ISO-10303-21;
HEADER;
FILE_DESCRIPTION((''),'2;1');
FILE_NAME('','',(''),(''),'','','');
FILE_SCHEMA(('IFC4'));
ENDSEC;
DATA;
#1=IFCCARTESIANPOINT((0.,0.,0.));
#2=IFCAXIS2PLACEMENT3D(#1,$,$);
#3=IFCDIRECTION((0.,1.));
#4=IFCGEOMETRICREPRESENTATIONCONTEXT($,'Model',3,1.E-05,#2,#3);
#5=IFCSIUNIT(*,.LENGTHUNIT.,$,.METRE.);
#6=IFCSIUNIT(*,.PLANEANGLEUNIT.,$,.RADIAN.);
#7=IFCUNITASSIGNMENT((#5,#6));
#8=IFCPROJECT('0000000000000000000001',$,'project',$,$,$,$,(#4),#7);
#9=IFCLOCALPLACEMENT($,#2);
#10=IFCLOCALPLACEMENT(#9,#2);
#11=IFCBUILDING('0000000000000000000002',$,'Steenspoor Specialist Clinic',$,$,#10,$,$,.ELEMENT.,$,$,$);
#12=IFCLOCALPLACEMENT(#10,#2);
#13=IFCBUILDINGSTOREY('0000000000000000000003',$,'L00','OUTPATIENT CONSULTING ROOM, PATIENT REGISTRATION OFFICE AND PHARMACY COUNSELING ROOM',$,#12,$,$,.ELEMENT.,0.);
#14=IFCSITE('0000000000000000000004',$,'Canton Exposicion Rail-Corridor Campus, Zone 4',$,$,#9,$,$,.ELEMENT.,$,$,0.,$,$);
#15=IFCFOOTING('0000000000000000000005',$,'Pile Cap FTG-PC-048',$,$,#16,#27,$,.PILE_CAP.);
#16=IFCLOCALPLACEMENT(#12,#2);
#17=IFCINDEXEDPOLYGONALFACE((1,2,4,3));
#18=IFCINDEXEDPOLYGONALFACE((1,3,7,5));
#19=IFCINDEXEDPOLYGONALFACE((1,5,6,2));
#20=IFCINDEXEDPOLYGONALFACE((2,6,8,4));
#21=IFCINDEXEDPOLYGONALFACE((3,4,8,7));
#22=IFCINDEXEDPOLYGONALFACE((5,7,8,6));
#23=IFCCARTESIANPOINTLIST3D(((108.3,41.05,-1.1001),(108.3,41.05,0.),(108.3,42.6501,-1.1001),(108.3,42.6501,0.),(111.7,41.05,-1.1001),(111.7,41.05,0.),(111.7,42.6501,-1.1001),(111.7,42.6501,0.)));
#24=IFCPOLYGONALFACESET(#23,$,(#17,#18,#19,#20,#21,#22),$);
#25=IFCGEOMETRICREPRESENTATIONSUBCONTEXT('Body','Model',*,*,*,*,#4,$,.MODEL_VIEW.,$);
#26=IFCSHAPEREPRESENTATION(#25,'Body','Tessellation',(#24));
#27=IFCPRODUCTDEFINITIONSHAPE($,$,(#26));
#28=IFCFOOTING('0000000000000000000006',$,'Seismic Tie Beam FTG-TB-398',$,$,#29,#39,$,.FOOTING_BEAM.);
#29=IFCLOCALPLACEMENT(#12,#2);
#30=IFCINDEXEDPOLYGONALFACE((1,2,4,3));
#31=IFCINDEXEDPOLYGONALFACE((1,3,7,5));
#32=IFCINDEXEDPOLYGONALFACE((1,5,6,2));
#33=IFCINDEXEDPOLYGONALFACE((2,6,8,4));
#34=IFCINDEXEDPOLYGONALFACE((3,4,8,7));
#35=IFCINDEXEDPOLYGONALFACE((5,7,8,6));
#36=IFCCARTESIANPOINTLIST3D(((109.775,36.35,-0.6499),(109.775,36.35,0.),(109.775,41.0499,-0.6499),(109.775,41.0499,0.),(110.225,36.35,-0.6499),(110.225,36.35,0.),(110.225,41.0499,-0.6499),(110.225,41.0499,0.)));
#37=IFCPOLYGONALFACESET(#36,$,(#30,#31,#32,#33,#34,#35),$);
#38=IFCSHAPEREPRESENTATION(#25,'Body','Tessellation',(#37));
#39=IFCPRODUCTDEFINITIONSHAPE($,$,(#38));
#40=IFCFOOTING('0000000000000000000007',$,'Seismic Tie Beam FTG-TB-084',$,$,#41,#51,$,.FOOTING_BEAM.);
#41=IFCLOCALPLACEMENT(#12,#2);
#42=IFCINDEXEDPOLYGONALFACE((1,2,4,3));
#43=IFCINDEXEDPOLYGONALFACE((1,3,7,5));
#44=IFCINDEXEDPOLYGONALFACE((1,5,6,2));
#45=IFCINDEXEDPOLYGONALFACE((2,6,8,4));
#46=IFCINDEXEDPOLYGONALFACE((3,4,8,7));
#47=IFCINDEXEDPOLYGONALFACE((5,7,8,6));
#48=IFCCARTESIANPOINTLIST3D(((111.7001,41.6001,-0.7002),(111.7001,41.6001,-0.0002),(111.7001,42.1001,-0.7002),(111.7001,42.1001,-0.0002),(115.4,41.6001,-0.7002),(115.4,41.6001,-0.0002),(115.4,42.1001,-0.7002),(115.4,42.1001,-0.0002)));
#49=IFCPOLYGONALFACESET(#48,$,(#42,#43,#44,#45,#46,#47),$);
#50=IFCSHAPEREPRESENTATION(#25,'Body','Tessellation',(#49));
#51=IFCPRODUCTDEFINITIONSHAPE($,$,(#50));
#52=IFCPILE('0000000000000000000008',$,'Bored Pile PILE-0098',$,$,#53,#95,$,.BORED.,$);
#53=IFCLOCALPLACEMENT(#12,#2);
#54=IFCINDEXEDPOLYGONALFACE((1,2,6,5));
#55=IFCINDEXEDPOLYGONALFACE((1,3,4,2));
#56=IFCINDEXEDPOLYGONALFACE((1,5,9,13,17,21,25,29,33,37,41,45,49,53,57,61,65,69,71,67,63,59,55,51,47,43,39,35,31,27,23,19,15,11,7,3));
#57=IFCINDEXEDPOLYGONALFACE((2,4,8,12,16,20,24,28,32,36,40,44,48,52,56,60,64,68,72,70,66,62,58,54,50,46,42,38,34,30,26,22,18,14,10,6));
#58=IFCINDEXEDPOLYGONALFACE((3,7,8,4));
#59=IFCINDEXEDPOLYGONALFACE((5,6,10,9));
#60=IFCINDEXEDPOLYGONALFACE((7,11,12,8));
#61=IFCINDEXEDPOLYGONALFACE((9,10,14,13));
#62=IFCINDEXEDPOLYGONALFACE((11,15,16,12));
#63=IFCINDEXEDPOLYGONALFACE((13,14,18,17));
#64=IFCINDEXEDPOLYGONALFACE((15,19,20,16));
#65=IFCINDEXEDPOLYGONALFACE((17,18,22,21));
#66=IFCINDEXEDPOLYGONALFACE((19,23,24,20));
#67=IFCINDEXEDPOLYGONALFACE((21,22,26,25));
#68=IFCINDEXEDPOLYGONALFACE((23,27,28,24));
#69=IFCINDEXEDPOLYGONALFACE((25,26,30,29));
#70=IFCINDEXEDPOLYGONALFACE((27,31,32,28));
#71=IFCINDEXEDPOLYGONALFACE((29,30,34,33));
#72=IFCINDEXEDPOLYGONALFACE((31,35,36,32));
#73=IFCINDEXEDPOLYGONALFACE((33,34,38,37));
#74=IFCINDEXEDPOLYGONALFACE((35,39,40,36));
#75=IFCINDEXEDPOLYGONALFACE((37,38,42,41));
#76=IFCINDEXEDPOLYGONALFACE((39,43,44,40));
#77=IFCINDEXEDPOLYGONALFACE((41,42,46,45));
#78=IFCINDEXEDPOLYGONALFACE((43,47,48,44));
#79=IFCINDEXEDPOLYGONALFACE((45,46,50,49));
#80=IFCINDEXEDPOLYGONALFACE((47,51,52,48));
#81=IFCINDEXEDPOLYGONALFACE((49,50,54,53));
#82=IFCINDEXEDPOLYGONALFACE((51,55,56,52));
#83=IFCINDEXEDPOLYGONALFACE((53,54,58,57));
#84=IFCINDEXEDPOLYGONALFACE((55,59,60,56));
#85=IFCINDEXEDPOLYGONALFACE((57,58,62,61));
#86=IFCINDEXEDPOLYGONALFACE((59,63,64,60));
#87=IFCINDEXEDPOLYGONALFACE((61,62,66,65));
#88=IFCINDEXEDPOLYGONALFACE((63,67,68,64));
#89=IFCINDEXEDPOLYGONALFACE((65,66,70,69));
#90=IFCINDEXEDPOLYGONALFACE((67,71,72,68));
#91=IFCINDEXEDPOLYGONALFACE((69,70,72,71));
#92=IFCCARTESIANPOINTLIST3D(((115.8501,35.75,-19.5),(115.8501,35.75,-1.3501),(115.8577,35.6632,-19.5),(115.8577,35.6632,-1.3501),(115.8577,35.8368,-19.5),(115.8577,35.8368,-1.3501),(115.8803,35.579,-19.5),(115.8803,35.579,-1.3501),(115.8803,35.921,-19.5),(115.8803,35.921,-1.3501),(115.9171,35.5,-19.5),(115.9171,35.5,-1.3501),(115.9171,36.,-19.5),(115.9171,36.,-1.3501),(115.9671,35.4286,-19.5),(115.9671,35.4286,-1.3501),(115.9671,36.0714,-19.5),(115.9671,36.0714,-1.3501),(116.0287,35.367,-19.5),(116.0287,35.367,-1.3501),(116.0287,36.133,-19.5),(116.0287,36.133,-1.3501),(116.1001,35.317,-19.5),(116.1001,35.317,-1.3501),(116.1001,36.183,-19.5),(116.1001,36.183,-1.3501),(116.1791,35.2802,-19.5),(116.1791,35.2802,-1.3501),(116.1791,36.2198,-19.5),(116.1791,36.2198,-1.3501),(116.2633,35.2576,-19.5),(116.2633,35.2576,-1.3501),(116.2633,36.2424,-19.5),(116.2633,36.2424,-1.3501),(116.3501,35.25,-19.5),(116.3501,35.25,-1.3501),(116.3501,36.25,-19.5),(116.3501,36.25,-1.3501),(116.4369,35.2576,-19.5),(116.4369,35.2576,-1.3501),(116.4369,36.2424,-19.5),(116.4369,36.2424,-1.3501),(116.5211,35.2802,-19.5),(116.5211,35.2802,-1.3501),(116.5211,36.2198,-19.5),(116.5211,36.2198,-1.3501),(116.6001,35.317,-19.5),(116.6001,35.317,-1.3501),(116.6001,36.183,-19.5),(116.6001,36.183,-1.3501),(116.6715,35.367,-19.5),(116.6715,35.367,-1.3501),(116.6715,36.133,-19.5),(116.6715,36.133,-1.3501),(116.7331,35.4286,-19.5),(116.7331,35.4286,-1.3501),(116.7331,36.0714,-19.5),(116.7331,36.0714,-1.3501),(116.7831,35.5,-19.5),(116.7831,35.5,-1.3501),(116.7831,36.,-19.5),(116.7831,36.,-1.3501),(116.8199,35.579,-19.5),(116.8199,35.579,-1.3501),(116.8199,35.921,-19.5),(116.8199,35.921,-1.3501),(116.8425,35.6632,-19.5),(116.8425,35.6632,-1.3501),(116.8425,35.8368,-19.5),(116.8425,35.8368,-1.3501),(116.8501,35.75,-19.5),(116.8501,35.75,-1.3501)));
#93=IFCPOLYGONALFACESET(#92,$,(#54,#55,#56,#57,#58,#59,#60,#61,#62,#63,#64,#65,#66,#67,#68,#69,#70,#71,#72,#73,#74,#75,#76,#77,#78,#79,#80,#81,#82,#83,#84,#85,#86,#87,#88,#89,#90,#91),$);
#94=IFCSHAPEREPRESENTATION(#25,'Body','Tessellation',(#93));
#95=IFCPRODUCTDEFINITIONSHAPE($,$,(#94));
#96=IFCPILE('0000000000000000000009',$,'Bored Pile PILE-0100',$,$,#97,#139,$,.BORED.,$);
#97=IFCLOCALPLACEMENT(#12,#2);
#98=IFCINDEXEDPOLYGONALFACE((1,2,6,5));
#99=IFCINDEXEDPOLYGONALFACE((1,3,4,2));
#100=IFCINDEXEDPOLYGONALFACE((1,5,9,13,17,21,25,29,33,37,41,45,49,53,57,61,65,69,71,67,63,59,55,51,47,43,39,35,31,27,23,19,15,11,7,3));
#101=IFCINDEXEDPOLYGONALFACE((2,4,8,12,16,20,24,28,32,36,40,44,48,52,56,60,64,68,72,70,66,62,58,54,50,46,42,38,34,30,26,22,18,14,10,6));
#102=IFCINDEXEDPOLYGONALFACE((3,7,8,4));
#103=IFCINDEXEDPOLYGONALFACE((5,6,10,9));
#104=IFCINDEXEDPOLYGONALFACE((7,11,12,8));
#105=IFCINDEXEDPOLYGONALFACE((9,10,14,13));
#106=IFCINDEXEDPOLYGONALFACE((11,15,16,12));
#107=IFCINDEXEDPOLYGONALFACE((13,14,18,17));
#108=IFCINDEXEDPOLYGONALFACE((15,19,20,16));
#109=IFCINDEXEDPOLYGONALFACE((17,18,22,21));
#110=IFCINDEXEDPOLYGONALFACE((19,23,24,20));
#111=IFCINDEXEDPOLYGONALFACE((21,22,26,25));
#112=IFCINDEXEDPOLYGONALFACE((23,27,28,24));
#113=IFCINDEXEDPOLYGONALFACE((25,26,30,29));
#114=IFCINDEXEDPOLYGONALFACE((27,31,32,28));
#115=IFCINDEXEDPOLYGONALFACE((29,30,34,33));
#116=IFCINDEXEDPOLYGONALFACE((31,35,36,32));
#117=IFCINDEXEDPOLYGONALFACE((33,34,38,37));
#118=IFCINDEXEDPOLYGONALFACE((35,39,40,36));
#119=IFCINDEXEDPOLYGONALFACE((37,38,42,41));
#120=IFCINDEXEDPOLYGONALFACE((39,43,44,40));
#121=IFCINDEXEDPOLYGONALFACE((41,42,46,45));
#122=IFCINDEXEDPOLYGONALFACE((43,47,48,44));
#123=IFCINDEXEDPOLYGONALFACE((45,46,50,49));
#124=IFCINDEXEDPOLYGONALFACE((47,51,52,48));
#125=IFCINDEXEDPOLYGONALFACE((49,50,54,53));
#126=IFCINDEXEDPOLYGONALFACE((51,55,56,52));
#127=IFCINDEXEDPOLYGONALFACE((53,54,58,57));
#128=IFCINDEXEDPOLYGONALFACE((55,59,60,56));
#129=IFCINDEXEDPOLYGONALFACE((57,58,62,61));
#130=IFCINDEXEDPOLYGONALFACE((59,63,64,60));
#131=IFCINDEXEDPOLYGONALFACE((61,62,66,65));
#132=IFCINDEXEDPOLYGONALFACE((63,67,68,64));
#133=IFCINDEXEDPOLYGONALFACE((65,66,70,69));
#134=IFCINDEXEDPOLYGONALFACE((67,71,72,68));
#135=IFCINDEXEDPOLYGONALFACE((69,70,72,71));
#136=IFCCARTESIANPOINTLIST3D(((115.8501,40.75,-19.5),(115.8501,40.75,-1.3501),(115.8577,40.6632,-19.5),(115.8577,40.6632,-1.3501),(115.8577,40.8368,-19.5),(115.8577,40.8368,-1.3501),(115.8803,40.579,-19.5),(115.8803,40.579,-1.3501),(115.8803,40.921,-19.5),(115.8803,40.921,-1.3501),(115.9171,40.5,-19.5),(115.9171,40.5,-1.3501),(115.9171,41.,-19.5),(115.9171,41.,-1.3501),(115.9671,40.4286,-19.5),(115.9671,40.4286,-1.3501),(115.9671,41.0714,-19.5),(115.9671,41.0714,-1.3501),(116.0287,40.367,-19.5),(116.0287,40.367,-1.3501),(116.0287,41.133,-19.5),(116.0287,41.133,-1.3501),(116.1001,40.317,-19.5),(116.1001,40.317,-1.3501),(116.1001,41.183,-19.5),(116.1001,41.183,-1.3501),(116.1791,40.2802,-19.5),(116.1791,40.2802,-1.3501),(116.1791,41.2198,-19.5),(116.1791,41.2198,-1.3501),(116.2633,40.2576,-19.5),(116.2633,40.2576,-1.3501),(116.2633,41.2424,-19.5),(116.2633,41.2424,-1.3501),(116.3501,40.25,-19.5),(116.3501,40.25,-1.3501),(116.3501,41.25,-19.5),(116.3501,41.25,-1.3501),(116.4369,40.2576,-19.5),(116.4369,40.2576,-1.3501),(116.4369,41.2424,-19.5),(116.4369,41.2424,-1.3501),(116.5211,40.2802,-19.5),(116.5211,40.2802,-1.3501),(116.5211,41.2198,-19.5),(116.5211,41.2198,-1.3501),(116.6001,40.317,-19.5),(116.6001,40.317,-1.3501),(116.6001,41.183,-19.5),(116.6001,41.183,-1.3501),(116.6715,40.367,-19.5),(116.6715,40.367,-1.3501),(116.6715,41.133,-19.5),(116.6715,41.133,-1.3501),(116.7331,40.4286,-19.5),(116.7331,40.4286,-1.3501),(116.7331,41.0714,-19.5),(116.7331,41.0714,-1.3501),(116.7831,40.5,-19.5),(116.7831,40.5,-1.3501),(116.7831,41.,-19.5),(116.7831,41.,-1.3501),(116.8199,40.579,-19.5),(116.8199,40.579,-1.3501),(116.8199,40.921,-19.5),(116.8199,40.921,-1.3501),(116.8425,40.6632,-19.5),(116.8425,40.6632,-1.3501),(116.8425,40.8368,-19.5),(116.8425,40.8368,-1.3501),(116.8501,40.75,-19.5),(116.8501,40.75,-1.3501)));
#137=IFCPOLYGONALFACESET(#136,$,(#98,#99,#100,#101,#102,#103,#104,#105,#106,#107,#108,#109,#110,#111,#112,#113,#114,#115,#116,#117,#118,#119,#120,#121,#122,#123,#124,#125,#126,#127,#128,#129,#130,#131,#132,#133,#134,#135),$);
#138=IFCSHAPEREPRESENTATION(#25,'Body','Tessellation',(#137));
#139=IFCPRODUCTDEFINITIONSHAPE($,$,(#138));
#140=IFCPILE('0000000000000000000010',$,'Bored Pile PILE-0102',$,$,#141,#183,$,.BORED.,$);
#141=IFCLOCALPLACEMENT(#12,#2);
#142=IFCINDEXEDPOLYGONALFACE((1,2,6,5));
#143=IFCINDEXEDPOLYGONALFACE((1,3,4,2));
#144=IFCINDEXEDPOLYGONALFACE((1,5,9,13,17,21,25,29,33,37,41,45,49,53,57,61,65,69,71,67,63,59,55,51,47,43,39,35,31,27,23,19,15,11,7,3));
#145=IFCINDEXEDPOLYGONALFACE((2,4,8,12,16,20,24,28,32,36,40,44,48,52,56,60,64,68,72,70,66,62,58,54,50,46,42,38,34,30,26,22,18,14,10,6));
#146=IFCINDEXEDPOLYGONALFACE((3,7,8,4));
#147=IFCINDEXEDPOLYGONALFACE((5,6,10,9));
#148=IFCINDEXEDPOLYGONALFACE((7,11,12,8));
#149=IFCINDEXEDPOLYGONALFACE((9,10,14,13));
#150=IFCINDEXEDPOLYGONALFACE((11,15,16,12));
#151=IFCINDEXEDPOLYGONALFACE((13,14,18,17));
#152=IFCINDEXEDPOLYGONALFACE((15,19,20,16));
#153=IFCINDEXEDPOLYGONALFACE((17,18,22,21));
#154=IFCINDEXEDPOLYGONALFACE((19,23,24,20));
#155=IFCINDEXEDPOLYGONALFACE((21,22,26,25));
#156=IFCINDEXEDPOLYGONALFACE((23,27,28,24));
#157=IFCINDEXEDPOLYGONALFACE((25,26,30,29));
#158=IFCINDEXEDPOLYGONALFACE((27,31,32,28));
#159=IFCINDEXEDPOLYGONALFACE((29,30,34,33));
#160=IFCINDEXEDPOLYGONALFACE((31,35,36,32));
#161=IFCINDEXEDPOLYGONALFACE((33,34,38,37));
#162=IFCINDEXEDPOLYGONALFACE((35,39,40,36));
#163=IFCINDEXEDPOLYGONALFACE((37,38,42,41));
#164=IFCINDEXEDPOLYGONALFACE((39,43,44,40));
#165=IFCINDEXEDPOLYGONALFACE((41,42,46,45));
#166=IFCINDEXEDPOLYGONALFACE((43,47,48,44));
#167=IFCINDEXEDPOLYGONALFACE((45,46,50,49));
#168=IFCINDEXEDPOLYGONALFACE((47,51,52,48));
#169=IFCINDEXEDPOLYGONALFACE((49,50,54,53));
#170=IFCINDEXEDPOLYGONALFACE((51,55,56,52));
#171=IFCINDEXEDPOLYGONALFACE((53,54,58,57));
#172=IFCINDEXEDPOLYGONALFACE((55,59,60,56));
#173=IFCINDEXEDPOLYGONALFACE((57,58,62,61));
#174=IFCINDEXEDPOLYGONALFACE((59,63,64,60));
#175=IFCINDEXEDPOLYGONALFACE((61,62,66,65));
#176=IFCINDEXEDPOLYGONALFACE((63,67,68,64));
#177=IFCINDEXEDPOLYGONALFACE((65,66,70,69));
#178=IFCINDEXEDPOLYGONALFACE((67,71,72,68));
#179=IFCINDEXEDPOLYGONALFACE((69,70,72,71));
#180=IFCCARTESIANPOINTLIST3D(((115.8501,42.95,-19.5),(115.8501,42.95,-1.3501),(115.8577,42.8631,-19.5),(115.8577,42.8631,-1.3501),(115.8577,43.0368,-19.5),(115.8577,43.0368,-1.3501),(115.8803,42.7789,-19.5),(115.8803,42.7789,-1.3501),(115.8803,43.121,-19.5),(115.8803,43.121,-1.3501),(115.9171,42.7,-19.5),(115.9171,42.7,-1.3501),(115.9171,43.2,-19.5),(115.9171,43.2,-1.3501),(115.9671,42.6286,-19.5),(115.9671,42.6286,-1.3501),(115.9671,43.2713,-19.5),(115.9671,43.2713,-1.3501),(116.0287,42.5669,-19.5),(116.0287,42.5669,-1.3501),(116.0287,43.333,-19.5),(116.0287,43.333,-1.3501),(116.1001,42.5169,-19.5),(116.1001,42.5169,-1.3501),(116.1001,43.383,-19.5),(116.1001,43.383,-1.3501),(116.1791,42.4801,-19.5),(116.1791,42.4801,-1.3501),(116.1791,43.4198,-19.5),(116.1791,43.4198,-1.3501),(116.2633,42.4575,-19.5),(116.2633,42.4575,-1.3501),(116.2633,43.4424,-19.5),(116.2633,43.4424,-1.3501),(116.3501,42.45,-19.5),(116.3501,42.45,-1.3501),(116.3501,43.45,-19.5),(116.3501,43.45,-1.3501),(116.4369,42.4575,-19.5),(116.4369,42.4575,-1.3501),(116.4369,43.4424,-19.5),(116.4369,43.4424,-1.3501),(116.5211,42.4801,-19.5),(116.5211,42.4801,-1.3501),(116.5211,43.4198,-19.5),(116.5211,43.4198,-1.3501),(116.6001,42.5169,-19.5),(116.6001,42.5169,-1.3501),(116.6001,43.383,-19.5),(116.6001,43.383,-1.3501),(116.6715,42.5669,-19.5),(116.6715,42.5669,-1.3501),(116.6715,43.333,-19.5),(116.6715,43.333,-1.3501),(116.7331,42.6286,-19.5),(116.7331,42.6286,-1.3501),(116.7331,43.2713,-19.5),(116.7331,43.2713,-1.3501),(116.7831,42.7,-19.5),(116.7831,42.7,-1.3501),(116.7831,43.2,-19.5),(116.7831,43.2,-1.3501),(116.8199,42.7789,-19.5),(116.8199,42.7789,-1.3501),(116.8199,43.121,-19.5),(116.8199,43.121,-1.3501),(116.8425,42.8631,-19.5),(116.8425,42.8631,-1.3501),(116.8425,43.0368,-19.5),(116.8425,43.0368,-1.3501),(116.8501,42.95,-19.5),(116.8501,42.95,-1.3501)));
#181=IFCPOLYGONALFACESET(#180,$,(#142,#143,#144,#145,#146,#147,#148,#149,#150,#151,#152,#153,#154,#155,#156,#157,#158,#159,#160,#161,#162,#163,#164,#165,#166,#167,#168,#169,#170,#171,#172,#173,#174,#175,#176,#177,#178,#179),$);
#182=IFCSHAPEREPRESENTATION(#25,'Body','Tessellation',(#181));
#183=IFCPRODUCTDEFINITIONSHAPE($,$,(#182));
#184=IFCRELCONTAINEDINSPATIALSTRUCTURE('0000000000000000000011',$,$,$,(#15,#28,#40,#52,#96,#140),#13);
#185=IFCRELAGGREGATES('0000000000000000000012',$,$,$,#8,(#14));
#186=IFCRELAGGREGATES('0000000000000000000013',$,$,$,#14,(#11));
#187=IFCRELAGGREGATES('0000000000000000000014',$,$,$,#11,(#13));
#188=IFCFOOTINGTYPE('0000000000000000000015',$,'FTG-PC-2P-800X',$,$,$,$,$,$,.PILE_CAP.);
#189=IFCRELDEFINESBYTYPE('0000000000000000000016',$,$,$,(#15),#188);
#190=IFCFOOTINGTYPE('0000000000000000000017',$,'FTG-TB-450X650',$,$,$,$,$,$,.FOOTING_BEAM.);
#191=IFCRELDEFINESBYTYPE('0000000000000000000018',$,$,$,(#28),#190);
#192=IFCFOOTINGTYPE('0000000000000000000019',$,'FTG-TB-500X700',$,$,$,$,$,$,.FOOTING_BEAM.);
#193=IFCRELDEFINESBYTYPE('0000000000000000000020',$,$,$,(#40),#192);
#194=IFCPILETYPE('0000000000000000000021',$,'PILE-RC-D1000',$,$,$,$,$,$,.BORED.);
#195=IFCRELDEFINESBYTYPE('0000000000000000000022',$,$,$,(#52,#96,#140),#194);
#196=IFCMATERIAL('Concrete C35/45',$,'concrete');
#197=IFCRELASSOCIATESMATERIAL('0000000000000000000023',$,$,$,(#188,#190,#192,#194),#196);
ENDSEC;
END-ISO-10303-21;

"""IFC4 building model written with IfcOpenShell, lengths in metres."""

from ifc_helpers import new_model, si_unit, direction, frame, origin, origin_2d, place, context, subcontext, project, spatial, rectangle, circle, extrude, material, material_profile, profile_set, type_object, element, save


model = new_model("IFC4")

# Units and contexts
model_context = context("Model", 3, precision=1e-05, world=origin(), true_north=direction((0.0, 1.0)))
body_context = subcontext(model_context, "Body", "Model", "MODEL_VIEW")
ifc_project = project(units=[si_unit("LENGTHUNIT", "METRE"), si_unit("PLANEANGLEUNIT", "RADIAN")], contexts=[model_context])

# Site, building, storey
site_placement = place(None, origin())
site = spatial("IfcSite", under=ifc_project, at=site_placement, Name="Canton Exposicion Rail-Corridor Campus, Zone 4", CompositionType="ELEMENT", RefElevation=0.0)
building_placement = place(site_placement, origin())
building = spatial("IfcBuilding", under=site, at=building_placement, Name="Steenspoor Specialist Clinic", CompositionType="ELEMENT")
storey_placement = place(building_placement, origin())
storey = spatial("IfcBuildingStorey", under=building, at=storey_placement, Name="L00", Description="OUTPATIENT CONSULTING ROOM, PATIENT REGISTRATION OFFICE AND PHARMACY COUNSELING ROOM", CompositionType="ELEMENT", Elevation=0.0)

# Footings
ifc_material_1 = material(Name="Concrete C35/45", Category="concrete")
footing_type_1 = type_object("IfcFootingType", Name="FTG-PC-2P-800X", PredefinedType="PILE_CAP", material=ifc_material_1)
footing_1_placement = place(storey_placement, frame((110.0, 41.8501, -1.1001), z_axis=(0.0, 0.0, 1.0), x_axis=(1.0, 0.0, 0.0)))
element("IfcFooting", 1, at=footing_1_placement, inside=storey, type_object=footing_type_1, Name="Pile Cap FTG-PC-048", PredefinedType="PILE_CAP", context=body_context, shape_type="SweptSolid", body=[
    extrude(rectangle(XDim=3.3999, YDim=1.6001, at=origin_2d()), origin(), (0.0, 0.0, 1.0), 1.1001),
])
footing_type_2 = type_object("IfcFootingType", Name="FTG-TB-450X650", PredefinedType="FOOTING_BEAM", material=ifc_material_1)
footing_2_placement = place(storey_placement, frame((110.0, 38.7, -0.6499), z_axis=(0.0, 0.0, 1.0), x_axis=(1.0, 0.0, 0.0)))
element("IfcFooting", 2, at=footing_2_placement, inside=storey, type_object=footing_type_2, Name="Seismic Tie Beam FTG-TB-398", PredefinedType="FOOTING_BEAM", context=body_context, shape_type="SweptSolid", body=[
    extrude(rectangle(XDim=0.45, YDim=4.7, at=origin_2d()), origin(), (0.0, 0.0, 1.0), 0.6499),
])
footing_type_3 = type_object("IfcFootingType", Name="FTG-TB-500X700", PredefinedType="FOOTING_BEAM", material=ifc_material_1)
footing_3_placement = place(storey_placement, frame((113.55, 41.8501, -0.7002), z_axis=(0.0, 0.0, 1.0), x_axis=(1.0, 0.0, 0.0)))
element("IfcFooting", 3, at=footing_3_placement, inside=storey, type_object=footing_type_3, Name="Seismic Tie Beam FTG-TB-084", PredefinedType="FOOTING_BEAM", context=body_context, shape_type="SweptSolid", body=[
    extrude(rectangle(XDim=3.7, YDim=0.5, at=origin_2d()), origin(), (0.0, 0.0, 1.0), 0.7),
])

# Piles
ifc_material_profile_1 = material_profile(ifc_material_1, circle(Radius=0.5, at=origin_2d()), Name="PILE-D1000")
ifc_profile_set_1 = profile_set([ifc_material_profile_1], Name="Concrete C35/45")
pile_type_1 = type_object("IfcPileType", Name="PILE-RC-D1000", PredefinedType="BORED", material=ifc_profile_set_1)
for number, where, z_axis, x_axis, name in (
    (4, (116.3501, 35.75, -1.3501), (0.0, 0.0, -1.0), (1.0, 0.0, 0.0), "Bored Pile PILE-0098"),
    (5, (116.3501, 40.75, -1.3501), (0.0, 0.0, -1.0), (1.0, 0.0, 0.0), "Bored Pile PILE-0100"),
    (6, (116.3501, 42.95, -1.3501), (0.0, 0.0, -1.0), (1.0, 0.0, 0.0), "Bored Pile PILE-0102"),
):
    element("IfcPile", number, at=place(storey_placement, frame(where, z_axis=z_axis, x_axis=x_axis)), inside=storey, type_object=pile_type_1, Name=name, PredefinedType="BORED", context=body_context, shape_type="SweptSolid", body=[
        extrude(circle(Radius=0.5, at=origin_2d()), origin(), (0.0, 0.0, 1.0), 18.1499),
    ])

save(model, "model.ifc")
